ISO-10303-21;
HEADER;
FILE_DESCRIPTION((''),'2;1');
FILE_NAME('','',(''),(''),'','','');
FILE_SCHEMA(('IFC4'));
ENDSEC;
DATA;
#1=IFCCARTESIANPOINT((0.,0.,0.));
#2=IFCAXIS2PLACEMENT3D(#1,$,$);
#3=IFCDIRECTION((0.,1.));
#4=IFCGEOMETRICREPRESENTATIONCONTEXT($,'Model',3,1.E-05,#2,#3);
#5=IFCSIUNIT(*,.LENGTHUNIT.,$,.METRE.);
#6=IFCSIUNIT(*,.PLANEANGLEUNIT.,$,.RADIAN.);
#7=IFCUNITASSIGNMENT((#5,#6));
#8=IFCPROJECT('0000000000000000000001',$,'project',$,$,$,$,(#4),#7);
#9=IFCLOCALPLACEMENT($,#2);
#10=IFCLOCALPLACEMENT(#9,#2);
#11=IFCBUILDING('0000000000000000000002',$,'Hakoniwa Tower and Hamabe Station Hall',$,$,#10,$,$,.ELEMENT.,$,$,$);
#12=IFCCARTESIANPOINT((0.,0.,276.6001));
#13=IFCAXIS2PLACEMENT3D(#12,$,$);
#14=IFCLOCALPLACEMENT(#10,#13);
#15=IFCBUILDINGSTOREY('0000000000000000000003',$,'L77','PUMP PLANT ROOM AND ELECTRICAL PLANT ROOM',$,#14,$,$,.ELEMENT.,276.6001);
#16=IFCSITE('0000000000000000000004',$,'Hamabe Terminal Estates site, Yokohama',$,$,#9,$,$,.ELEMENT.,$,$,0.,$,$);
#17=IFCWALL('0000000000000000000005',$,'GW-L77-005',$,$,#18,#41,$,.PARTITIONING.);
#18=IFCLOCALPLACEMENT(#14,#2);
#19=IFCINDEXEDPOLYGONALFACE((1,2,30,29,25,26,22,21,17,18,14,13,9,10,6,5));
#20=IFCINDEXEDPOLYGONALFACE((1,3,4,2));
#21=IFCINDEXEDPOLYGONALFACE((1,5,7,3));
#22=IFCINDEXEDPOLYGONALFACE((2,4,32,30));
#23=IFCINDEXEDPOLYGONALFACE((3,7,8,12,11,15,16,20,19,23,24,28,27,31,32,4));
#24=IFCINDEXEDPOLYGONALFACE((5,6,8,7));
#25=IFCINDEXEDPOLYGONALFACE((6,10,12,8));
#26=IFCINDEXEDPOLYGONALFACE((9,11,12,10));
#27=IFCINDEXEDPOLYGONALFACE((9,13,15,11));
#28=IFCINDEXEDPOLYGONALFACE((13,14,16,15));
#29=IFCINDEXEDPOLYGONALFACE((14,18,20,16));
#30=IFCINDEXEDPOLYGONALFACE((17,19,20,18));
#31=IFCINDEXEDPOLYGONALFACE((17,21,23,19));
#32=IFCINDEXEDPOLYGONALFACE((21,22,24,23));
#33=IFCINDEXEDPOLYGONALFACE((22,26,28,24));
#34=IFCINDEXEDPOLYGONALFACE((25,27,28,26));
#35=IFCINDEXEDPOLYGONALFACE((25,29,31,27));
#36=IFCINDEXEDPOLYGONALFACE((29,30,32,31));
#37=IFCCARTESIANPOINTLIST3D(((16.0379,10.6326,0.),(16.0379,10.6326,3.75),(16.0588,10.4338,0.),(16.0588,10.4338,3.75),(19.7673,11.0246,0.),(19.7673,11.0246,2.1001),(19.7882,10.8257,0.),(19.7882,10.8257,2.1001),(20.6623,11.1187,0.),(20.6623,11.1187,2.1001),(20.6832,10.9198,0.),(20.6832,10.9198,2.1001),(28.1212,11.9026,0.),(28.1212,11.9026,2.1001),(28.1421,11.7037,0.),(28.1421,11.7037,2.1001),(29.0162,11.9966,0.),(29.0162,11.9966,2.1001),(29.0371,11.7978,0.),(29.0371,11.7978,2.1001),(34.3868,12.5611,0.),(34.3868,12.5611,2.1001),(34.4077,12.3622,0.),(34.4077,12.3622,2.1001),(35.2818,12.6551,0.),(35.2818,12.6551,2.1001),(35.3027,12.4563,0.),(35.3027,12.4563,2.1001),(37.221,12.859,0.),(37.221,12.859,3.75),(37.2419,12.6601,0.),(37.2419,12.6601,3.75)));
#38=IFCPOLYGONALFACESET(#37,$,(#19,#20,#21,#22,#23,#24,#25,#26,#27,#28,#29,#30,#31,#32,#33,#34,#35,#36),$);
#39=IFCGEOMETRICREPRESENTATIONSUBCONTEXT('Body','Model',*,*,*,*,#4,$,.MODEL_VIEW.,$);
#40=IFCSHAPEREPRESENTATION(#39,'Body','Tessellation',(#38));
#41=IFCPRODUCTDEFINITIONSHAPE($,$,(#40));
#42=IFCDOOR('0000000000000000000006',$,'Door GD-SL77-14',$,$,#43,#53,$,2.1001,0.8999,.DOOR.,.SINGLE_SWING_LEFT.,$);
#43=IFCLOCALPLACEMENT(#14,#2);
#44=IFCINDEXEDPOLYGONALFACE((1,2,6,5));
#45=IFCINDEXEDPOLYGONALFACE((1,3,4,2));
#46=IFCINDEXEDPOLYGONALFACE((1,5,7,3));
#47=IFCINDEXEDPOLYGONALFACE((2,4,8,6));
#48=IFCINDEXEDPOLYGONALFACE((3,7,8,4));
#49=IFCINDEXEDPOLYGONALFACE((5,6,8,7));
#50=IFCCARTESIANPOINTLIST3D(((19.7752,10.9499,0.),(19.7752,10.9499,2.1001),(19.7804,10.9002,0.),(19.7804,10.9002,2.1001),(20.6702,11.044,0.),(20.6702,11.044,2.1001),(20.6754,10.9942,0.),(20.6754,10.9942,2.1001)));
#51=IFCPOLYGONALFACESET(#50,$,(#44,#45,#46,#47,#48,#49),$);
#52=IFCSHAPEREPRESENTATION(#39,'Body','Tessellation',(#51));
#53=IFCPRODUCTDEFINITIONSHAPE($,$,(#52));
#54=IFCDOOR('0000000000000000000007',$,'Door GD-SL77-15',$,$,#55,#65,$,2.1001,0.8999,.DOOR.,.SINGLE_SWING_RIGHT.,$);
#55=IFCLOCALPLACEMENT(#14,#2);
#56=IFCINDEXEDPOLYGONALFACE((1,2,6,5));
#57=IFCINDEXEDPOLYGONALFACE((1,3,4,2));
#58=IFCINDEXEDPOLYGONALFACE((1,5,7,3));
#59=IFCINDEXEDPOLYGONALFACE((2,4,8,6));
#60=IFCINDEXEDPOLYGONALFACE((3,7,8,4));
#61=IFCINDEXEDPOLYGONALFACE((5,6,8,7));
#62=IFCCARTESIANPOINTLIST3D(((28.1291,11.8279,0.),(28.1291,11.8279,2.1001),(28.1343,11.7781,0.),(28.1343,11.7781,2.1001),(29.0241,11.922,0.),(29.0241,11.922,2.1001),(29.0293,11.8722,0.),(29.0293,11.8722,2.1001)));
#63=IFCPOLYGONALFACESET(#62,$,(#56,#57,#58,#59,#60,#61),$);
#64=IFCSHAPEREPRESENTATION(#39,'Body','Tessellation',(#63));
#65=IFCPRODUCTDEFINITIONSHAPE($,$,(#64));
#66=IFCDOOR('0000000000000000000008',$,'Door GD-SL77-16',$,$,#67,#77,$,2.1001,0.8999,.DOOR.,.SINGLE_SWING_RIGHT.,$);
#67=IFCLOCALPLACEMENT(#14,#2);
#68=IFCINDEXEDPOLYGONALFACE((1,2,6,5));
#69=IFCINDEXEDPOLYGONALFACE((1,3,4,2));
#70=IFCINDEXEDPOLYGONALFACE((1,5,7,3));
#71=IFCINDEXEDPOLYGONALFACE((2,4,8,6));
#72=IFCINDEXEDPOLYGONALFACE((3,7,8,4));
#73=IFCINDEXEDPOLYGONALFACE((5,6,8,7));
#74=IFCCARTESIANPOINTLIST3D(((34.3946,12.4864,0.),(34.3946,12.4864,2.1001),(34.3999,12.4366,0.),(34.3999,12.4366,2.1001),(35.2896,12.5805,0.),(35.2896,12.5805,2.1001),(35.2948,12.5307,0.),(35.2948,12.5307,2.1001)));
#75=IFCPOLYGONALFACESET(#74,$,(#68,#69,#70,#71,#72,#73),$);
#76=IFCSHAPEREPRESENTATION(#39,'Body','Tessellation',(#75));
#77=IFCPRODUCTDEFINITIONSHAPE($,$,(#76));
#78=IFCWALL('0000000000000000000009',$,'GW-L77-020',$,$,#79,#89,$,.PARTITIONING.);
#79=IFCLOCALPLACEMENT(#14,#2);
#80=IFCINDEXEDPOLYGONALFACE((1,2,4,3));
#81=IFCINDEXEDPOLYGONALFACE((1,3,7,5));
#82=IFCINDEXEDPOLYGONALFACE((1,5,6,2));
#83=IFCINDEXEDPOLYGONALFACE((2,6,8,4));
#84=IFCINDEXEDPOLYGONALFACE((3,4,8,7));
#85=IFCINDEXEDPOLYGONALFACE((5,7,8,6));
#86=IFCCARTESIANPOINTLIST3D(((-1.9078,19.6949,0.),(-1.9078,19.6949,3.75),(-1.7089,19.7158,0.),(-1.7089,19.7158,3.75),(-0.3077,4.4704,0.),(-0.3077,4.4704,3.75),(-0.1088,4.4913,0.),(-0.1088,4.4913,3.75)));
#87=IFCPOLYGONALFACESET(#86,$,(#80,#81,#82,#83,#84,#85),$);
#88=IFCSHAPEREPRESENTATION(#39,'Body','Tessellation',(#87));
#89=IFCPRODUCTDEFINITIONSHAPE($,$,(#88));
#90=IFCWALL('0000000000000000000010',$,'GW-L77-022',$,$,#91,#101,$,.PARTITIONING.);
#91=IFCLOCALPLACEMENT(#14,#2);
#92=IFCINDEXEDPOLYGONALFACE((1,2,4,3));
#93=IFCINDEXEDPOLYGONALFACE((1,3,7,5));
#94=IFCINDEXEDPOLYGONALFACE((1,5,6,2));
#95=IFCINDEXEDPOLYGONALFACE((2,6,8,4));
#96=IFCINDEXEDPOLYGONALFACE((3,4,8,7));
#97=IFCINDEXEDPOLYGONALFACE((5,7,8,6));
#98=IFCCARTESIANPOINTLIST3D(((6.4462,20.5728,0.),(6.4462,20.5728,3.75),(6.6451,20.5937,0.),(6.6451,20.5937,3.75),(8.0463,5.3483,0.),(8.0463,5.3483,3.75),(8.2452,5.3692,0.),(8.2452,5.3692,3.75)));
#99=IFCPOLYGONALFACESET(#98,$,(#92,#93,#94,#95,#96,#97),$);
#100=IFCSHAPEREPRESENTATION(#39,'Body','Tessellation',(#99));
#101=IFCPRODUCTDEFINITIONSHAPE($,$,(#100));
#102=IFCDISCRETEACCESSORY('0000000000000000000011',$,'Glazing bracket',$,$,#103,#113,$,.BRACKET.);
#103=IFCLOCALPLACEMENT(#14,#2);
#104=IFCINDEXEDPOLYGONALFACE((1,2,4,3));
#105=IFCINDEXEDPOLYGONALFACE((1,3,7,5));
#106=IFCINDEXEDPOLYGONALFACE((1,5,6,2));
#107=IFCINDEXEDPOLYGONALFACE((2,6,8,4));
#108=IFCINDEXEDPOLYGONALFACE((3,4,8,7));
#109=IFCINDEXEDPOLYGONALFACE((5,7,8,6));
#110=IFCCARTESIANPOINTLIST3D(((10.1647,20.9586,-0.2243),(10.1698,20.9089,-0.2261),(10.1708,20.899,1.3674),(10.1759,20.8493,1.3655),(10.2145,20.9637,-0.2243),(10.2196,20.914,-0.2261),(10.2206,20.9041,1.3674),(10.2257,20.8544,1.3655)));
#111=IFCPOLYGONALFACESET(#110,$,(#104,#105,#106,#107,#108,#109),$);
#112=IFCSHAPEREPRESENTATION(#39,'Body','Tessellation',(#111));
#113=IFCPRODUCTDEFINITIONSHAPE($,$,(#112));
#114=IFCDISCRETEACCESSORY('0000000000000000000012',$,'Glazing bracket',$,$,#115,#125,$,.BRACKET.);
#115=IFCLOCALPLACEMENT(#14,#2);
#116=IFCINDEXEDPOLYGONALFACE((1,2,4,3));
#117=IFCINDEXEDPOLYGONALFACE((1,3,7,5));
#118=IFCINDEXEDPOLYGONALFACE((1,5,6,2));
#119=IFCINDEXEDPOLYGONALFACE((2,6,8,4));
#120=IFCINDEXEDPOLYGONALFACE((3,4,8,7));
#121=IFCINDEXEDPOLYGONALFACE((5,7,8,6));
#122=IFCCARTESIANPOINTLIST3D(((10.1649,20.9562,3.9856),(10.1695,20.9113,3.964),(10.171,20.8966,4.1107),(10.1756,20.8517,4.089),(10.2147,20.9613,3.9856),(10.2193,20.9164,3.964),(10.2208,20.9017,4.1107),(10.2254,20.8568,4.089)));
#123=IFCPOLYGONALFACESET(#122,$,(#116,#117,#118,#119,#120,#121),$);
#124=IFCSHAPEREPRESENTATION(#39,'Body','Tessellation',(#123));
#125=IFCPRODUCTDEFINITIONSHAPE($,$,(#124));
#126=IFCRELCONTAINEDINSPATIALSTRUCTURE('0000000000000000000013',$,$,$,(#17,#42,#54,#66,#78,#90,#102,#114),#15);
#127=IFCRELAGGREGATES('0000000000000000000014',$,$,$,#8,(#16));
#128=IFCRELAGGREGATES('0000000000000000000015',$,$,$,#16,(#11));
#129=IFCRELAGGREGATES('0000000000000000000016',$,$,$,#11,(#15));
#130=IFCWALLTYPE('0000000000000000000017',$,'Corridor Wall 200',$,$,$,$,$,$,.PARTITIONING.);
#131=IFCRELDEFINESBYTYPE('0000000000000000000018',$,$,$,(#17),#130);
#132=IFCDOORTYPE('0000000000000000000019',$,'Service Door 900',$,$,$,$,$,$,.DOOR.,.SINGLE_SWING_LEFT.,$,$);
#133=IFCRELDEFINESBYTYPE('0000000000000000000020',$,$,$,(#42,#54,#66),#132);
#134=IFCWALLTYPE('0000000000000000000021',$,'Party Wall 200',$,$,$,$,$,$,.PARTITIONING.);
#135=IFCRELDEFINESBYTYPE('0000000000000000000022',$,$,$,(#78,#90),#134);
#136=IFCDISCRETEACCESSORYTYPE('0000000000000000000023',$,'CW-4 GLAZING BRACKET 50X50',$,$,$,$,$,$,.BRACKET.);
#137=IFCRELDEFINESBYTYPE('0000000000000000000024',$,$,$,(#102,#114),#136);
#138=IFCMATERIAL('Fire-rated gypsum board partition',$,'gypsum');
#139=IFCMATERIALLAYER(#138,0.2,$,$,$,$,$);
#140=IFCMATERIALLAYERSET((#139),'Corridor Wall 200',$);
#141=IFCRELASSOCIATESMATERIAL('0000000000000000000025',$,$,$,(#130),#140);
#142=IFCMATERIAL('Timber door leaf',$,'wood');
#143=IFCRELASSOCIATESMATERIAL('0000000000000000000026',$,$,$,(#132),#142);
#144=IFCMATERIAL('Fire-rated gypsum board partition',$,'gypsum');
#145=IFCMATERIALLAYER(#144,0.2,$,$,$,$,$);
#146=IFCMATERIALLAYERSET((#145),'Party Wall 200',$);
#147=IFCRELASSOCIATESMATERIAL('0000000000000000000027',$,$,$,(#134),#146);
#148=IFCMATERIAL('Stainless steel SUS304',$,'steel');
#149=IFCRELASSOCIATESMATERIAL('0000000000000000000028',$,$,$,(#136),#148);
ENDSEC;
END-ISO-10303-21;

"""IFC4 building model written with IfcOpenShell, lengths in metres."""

from ifc_helpers import new_model, si_unit, direction, frame, frame_2d, origin, origin_2d, place, context, subcontext, project, spatial, rectangle, extrude, material, layer, layer_set, material_profile, profile_set, type_object, element, fill, save


model = new_model("IFC4")

# Units and contexts
model_context = context("Model", 3, precision=1e-05, world=origin(), true_north=direction((0.0, 1.0)))
body_context = subcontext(model_context, "Body", "Model", "MODEL_VIEW")
ifc_project = project(units=[si_unit("LENGTHUNIT", "METRE"), si_unit("PLANEANGLEUNIT", "RADIAN")], contexts=[model_context])

# Site, building, storey
site_placement = place(None, origin())
site = spatial("IfcSite", under=ifc_project, at=site_placement, Name="Hamabe Terminal Estates site, Yokohama", CompositionType="ELEMENT", RefElevation=0.0)
building_placement = place(site_placement, origin())
building = spatial("IfcBuilding", under=site, at=building_placement, Name="Hakoniwa Tower and Hamabe Station Hall", CompositionType="ELEMENT")
storey_placement = place(building_placement, frame((0.0, 0.0, 276.6001)))
storey = spatial("IfcBuildingStorey", under=building, at=storey_placement, Name="L77", Description="PUMP PLANT ROOM AND ELECTRICAL PLANT ROOM", CompositionType="ELEMENT", Elevation=276.6001)

# Wall, openings, doors
ifc_material_1 = material(Name="Fire-rated gypsum board partition", Category="gypsum")
ifc_layer_1 = layer(ifc_material_1, 0.2)
ifc_layer_set_1 = layer_set([ifc_layer_1], Name="Corridor Wall 200")
wall_type_1 = type_object("IfcWallType", Name="Corridor Wall 200", PredefinedType="PARTITIONING", material=ifc_layer_set_1)
wall_placement = place(storey_placement, frame((16.0483, 10.5332, 0.0), z_axis=(0.0, 0.0, 1.0), x_axis=(0.994522, 0.104523, 0.0)))
wall = element("IfcWall", 1, at=wall_placement, inside=storey, type_object=wall_type_1, Name="GW-L77-005", PredefinedType="PARTITIONING", context=body_context, shape_type="SweptSolid", body=[
    extrude(rectangle(XDim=21.2998, YDim=0.2, at=frame_2d((10.6499, 0.0))), origin(), (0.0, 0.0, 1.0), 3.75),
])
opening_1_placement = place(wall_placement, frame((3.75, 0.0, 0.0)))
opening_1 = element("IfcOpeningElement", 2, at=opening_1_placement, cuts=wall, PredefinedType="OPENING", context=body_context, shape_type="SweptSolid", body=[
    extrude(rectangle(XDim=0.8999, YDim=2.1001, at=frame_2d((0.45, 1.05))), frame((0.0, 0.1099, 0.0), z_axis=(0.0, -1.0, 0.0), x_axis=(1.0, 0.0, 0.0)), (0.0, 0.0, 1.0), 0.22),
])
opening_2_placement = place(wall_placement, frame((12.1499, 0.0, 0.0)))
opening_2 = element("IfcOpeningElement", 3, at=opening_2_placement, cuts=wall, PredefinedType="OPENING", context=body_context, shape_type="SweptSolid", body=[
    extrude(rectangle(XDim=0.8999, YDim=2.1001, at=frame_2d((0.45, 1.05))), frame((0.0, 0.1099, 0.0), z_axis=(0.0, -1.0, 0.0), x_axis=(1.0, 0.0, 0.0)), (0.0, 0.0, 1.0), 0.22),
])
opening_3_placement = place(wall_placement, frame((18.45, 0.0, 0.0)))
opening_3 = element("IfcOpeningElement", 4, at=opening_3_placement, cuts=wall, PredefinedType="OPENING", context=body_context, shape_type="SweptSolid", body=[
    extrude(rectangle(XDim=0.8999, YDim=2.1001, at=frame_2d((0.45, 1.05))), frame((0.0, 0.1099, 0.0), z_axis=(0.0, -1.0, 0.0), x_axis=(1.0, 0.0, 0.0)), (0.0, 0.0, 1.0), 0.22),
])
ifc_material_2 = material(Name="Timber door leaf", Category="wood")
door_type = type_object("IfcDoorType", Name="Service Door 900", OperationType="SINGLE_SWING_LEFT", PredefinedType="DOOR", material=ifc_material_2)
door_1_placement = place(opening_1_placement, origin())
door_1 = element("IfcDoor", 5, at=door_1_placement, inside=storey, type_object=door_type, Name="Door GD-SL77-14", OperationType="SINGLE_SWING_LEFT", OverallHeight=2.1001, OverallWidth=0.8999, PredefinedType="DOOR", context=body_context, shape_type="SweptSolid", body=[
    extrude(rectangle(XDim=0.8999, YDim=2.1001, at=frame_2d((0.45, 1.05))), frame((0.0, 0.0249, 0.0), z_axis=(0.0, -1.0, 0.0), x_axis=(1.0, 0.0, 0.0)), (0.0, 0.0, 1.0), 0.05),
])
fill(opening_1, door_1)
door_2_placement = place(opening_2_placement, origin())
door_2 = element("IfcDoor", 6, at=door_2_placement, inside=storey, type_object=door_type, Name="Door GD-SL77-15", OperationType="SINGLE_SWING_RIGHT", OverallHeight=2.1001, OverallWidth=0.8999, PredefinedType="DOOR", context=body_context, shape_type="SweptSolid", body=[
    extrude(rectangle(XDim=0.8999, YDim=2.1001, at=frame_2d((0.45, 1.05))), frame((0.0, 0.0249, 0.0), z_axis=(0.0, -1.0, 0.0), x_axis=(1.0, 0.0, 0.0)), (0.0, 0.0, 1.0), 0.05),
])
fill(opening_2, door_2)
door_3_placement = place(opening_3_placement, origin())
door_3 = element("IfcDoor", 7, at=door_3_placement, inside=storey, type_object=door_type, Name="Door GD-SL77-16", OperationType="SINGLE_SWING_RIGHT", OverallHeight=2.1001, OverallWidth=0.8999, PredefinedType="DOOR", context=body_context, shape_type="SweptSolid", body=[
    extrude(rectangle(XDim=0.8999, YDim=2.1001, at=frame_2d((0.45, 1.05))), frame((0.0, 0.0249, 0.0), z_axis=(0.0, -1.0, 0.0), x_axis=(1.0, 0.0, 0.0)), (0.0, 0.0, 1.0), 0.05),
])
fill(opening_3, door_3)

# Walls
ifc_material_3 = material(Name="Fire-rated gypsum board partition", Category="gypsum")
ifc_layer_2 = layer(ifc_material_3, 0.2)
ifc_layer_set_2 = layer_set([ifc_layer_2], Name="Party Wall 200")
wall_type_2 = type_object("IfcWallType", Name="Party Wall 200", PredefinedType="PARTITIONING", material=ifc_layer_set_2)
for number, where, z_axis, x_axis, name in (
    (8, (-0.2083, 4.4807, 0.0), (0.0, 0.0, 1.0), (-0.104524, 0.994522, 0.0), "GW-L77-020"),
    (9, (8.1458, 5.3586, 0.0), (0.0, 0.0, 1.0), (-0.104524, 0.994522, 0.0), "GW-L77-022"),
):
    element("IfcWall", number, at=place(storey_placement, frame(where, z_axis=z_axis, x_axis=x_axis)), inside=storey, type_object=wall_type_2, Name=name, PredefinedType="PARTITIONING", context=body_context, shape_type="SweptSolid", body=[
        extrude(rectangle(XDim=15.3083, YDim=0.2, at=frame_2d((7.6543, 0.0))), origin(), (0.0, 0.0, 1.0), 3.75),
    ])

# Discrete accessories
ifc_material_4 = material(Name="Stainless steel SUS304", Category="steel")
ifc_material_profile_1 = material_profile(ifc_material_4, rectangle(XDim=0.05, YDim=0.05, at=origin_2d()), Name="CW-4 GLAZING BRACKET 50X50")
ifc_profile_set_1 = profile_set([ifc_material_profile_1], Name="Stainless steel SUS304")
discrete_accessory_type = type_object("IfcDiscreteAccessoryType", Name="CW-4 GLAZING BRACKET 50X50", PredefinedType="BRACKET", material=ifc_profile_set_1)
discrete_accessory_1_placement = place(storey_placement, frame((10.1982, 20.8767, 1.3665), z_axis=(-0.003832, 0.037403, -0.999293), x_axis=(-0.994792, -0.101925, 0.0)))
element("IfcDiscreteAccessory", 10, at=discrete_accessory_1_placement, inside=storey, type_object=discrete_accessory_type, Name="Glazing bracket", PredefinedType="BRACKET", context=body_context, shape_type="SweptSolid", body=[
    extrude(rectangle(XDim=0.05, YDim=0.05, at=origin_2d()), origin(), (0.0, 0.0, 1.0), 1.5928),
])
discrete_accessory_2_placement = place(storey_placement, frame((10.1982, 20.8767, 4.0999), z_axis=(-0.044036, 0.42979, -0.901854), x_axis=(-0.994792, -0.101925, 0.0)))
element("IfcDiscreteAccessory", 11, at=discrete_accessory_2_placement, inside=storey, type_object=discrete_accessory_type, Name="Glazing bracket", PredefinedType="BRACKET", context=body_context, shape_type="SweptSolid", body=[
    extrude(rectangle(XDim=0.05, YDim=0.05, at=origin_2d()), origin(), (0.0, 0.0, 1.0), 0.1387),
])

save(model, "model.ifc")
